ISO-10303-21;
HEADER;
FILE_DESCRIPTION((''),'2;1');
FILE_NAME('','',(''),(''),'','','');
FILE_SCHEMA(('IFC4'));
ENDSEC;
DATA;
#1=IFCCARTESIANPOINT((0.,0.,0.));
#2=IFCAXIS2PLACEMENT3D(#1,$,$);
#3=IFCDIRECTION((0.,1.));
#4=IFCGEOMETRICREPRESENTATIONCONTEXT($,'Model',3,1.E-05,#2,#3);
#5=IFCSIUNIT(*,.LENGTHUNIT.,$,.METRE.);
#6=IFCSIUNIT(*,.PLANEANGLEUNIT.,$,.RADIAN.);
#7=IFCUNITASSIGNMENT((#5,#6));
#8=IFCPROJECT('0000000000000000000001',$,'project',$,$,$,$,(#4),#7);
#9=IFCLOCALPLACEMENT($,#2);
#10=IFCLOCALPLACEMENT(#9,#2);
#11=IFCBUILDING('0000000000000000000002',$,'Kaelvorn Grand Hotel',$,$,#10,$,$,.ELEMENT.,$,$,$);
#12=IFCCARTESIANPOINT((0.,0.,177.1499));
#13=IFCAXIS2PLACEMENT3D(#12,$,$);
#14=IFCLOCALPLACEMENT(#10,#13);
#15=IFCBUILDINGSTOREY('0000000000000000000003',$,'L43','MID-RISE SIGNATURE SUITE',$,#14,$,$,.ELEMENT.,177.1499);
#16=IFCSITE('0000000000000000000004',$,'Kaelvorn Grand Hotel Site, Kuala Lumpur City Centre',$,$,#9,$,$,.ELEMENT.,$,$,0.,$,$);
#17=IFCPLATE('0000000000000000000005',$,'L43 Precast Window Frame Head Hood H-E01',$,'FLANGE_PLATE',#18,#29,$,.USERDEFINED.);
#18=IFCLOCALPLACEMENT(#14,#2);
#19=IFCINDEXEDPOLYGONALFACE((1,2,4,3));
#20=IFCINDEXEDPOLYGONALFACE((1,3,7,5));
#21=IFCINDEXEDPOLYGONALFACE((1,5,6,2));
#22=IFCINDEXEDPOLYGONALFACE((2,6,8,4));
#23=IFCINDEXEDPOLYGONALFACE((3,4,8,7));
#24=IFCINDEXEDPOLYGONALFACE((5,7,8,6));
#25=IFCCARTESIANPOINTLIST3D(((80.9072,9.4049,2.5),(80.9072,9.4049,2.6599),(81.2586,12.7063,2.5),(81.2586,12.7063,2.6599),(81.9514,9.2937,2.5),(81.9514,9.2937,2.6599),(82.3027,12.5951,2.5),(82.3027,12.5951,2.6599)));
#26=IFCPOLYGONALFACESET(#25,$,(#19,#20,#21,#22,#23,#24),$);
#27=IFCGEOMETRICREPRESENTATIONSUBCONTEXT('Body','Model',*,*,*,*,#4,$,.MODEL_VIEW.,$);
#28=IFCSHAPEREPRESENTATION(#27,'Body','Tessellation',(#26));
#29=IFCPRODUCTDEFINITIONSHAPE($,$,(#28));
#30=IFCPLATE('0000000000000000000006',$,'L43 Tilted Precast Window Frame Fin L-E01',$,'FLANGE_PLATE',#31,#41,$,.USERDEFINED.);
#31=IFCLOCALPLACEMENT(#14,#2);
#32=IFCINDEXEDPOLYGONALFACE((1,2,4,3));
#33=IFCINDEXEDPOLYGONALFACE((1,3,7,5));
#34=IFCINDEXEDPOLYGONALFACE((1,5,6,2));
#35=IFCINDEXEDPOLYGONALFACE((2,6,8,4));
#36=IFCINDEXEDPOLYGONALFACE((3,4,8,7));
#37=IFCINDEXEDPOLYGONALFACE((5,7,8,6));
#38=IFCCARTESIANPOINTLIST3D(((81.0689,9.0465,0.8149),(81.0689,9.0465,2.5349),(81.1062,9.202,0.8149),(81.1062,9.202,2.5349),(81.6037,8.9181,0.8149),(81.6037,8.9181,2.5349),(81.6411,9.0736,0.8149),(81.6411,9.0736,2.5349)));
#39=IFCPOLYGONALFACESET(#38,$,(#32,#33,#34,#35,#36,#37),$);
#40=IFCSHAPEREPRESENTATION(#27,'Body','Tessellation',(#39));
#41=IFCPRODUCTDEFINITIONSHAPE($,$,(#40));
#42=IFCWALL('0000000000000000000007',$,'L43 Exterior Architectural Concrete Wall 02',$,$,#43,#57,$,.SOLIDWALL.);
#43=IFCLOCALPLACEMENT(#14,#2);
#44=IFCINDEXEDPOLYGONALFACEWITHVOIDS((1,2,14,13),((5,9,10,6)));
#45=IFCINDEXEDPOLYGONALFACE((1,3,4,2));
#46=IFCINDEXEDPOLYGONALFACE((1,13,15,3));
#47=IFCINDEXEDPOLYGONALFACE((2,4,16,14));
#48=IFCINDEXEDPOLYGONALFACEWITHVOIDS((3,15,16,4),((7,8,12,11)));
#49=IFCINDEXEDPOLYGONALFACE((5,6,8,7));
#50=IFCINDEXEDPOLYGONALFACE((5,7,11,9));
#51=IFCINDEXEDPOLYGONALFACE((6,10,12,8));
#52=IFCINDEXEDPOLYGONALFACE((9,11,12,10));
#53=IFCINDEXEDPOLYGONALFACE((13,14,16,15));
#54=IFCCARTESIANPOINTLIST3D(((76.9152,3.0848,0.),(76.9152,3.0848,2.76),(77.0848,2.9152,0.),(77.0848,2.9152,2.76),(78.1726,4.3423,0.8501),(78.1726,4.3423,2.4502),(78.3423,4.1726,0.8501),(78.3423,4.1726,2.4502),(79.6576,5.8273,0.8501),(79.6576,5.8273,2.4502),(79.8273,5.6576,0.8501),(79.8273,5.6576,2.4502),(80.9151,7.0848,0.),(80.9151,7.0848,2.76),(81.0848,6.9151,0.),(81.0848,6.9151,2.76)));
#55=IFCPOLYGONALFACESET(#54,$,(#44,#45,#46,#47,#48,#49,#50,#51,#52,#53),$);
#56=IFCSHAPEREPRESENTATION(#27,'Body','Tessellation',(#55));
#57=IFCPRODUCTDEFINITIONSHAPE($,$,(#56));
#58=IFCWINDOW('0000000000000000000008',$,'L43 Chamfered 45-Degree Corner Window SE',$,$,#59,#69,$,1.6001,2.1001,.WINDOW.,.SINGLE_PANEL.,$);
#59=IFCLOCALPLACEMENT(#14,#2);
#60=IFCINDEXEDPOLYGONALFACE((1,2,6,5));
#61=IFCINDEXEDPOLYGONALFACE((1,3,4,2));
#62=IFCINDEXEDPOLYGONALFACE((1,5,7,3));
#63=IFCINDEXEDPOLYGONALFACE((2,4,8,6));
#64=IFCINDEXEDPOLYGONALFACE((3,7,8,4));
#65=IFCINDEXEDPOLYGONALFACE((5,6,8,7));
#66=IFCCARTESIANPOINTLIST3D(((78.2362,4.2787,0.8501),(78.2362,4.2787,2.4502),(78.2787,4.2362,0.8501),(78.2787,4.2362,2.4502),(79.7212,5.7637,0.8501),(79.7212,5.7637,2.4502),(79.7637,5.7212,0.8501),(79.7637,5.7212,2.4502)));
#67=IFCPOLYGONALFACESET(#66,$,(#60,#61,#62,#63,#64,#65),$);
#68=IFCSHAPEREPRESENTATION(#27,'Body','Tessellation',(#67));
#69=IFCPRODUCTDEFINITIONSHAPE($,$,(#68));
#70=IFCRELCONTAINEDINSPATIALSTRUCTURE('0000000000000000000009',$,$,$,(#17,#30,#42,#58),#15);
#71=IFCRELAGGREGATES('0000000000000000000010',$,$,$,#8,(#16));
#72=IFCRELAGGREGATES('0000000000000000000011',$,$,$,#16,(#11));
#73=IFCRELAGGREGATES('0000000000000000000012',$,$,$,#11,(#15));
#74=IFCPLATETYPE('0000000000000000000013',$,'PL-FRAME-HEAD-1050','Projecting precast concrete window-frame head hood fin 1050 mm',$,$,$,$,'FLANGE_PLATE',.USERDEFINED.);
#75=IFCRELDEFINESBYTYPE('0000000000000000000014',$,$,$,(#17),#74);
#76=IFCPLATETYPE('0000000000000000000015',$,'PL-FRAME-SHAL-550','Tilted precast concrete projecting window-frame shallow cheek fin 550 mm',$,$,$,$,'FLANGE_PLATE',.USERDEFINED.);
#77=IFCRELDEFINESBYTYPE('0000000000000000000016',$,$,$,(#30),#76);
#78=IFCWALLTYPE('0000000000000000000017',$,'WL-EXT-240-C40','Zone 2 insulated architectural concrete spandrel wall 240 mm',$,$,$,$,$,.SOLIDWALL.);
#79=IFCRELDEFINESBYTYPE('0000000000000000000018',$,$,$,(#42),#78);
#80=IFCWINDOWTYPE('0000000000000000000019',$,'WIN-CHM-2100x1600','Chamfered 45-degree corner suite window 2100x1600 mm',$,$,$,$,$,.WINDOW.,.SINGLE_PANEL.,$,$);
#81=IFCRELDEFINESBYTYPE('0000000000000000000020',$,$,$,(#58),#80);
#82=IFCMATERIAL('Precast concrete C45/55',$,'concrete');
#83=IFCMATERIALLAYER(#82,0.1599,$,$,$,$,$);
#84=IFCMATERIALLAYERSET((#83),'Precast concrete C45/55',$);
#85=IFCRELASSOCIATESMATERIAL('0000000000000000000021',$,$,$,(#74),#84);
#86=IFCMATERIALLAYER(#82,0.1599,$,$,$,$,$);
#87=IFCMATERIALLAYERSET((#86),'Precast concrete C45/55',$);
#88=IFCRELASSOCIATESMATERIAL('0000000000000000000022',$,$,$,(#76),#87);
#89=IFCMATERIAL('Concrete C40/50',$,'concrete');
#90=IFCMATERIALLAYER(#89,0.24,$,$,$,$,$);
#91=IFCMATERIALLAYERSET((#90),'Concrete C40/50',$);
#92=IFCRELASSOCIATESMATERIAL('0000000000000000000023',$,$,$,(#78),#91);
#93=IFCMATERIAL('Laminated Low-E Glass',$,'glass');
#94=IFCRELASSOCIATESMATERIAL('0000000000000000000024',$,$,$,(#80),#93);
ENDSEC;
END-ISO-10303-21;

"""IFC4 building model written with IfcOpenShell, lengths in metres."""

from ifc_helpers import new_model, si_unit, direction, frame, frame_2d, origin, origin_2d, place, context, subcontext, project, spatial, rectangle, extrude, material, layer, layer_set, type_object, element, fill, save


model = new_model("IFC4")

# Units and contexts
model_context = context("Model", 3, precision=1e-05, world=origin(), true_north=direction((0.0, 1.0)))
body_context = subcontext(model_context, "Body", "Model", "MODEL_VIEW")
ifc_project = project(units=[si_unit("LENGTHUNIT", "METRE"), si_unit("PLANEANGLEUNIT", "RADIAN")], contexts=[model_context])

# Site, building, storey
site_placement = place(None, origin())
site = spatial("IfcSite", under=ifc_project, at=site_placement, Name="Kaelvorn Grand Hotel Site, Kuala Lumpur City Centre", CompositionType="ELEMENT", RefElevation=0.0)
building_placement = place(site_placement, origin())
building = spatial("IfcBuilding", under=site, at=building_placement, Name="Kaelvorn Grand Hotel", CompositionType="ELEMENT")
storey_placement = place(building_placement, frame((0.0, 0.0, 177.1499)))
storey = spatial("IfcBuildingStorey", under=building, at=storey_placement, Name="L43", Description="MID-RISE SIGNATURE SUITE", CompositionType="ELEMENT", Elevation=177.1499)

# Plates
ifc_material_1 = material(Name="Precast concrete C45/55", Category="concrete")
ifc_layer_1 = layer(ifc_material_1, 0.1599)
ifc_layer_set_1 = layer_set([ifc_layer_1], Name="Precast concrete C45/55")
plate_type_1 = type_object("IfcPlateType", Name="PL-FRAME-HEAD-1050", Description="Projecting precast concrete window-frame head hood fin 1050 mm", ElementType="FLANGE_PLATE", PredefinedType="USERDEFINED", material=ifc_layer_set_1)
plate_1_placement = place(storey_placement, frame((81.605, 11.0, 2.5), z_axis=(0.0, 0.0, 1.0), x_axis=(0.10583, 0.994384, 0.0)))
element("IfcPlate", 1, at=plate_1_placement, inside=storey, type_object=plate_type_1, Name="L43 Precast Window Frame Head Hood H-E01", ObjectType="FLANGE_PLATE", PredefinedType="USERDEFINED", context=body_context, shape_type="SweptSolid", body=[
    extrude(rectangle(XDim=3.3201, YDim=1.05, at=origin_2d()), origin(), (0.0, 0.0, 1.0), 0.1599),
])
ifc_layer_2 = layer(ifc_material_1, 0.1599)
ifc_layer_set_2 = layer_set([ifc_layer_2], Name="Precast concrete C45/55")
plate_type_2 = type_object("IfcPlateType", Name="PL-FRAME-SHAL-550", Description="Tilted precast concrete projecting window-frame shallow cheek fin 550 mm", ElementType="FLANGE_PLATE", PredefinedType="USERDEFINED", material=ifc_layer_set_2)
plate_2_placement = place(storey_placement, frame((81.355, 9.0601, 0.8149), z_axis=(0.0, 0.0, 1.0), x_axis=(0.233445, 0.97237, 0.0)))
element("IfcPlate", 2, at=plate_2_placement, inside=storey, type_object=plate_type_2, Name="L43 Tilted Precast Window Frame Fin L-E01", ObjectType="FLANGE_PLATE", PredefinedType="USERDEFINED", context=body_context, shape_type="SweptSolid", body=[
    extrude(rectangle(XDim=0.1599, YDim=0.55, at=origin_2d()), origin(), (0.0, 0.0, 1.0), 1.72),
])

# Wall, opening, window
ifc_material_2 = material(Name="Concrete C40/50", Category="concrete")
ifc_layer_3 = layer(ifc_material_2, 0.24)
ifc_layer_set_3 = layer_set([ifc_layer_3], Name="Concrete C40/50")
wall_type_1 = type_object("IfcWallType", Name="WL-EXT-240-C40", Description="Zone 2 insulated architectural concrete spandrel wall 240 mm", PredefinedType="SOLIDWALL", material=ifc_layer_set_3)
wall_1_placement = place(storey_placement, frame((77.0, 3.0, 0.0), z_axis=(0.0, 0.0, 1.0), x_axis=(0.707107, 0.707107, 0.0)))
wall_1 = element("IfcWall", 3, at=wall_1_placement, inside=storey, type_object=wall_type_1, Name="L43 Exterior Architectural Concrete Wall 02", PredefinedType="SOLIDWALL", context=body_context, shape_type="SweptSolid", body=[
    extrude(rectangle(XDim=5.6567, YDim=0.24, at=frame_2d((2.8284, 0.0))), origin(), (0.0, 0.0, 1.0), 2.76),
])
opening_1_placement = place(wall_1_placement, frame((1.7783, 0.0, 0.8501)))
opening_1 = element("IfcOpeningElement", 4, at=opening_1_placement, cuts=wall_1, PredefinedType="OPENING", context=body_context, shape_type="SweptSolid", body=[
    extrude(rectangle(XDim=2.1001, YDim=1.6001, at=frame_2d((1.05, 0.8))), frame((0.0, 0.1299, 0.0), z_axis=(0.0, -1.0, 0.0), x_axis=(1.0, 0.0, 0.0)), (0.0, 0.0, 1.0), 0.26),
])
ifc_material_3 = material(Name="Laminated Low-E Glass", Category="glass")
window_type_1 = type_object("IfcWindowType", Name="WIN-CHM-2100x1600", Description="Chamfered 45-degree corner suite window 2100x1600 mm", PartitioningType="SINGLE_PANEL", PredefinedType="WINDOW", material=ifc_material_3)
window_1_placement = place(opening_1_placement, origin())
window_1 = element("IfcWindow", 5, at=window_1_placement, inside=storey, type_object=window_type_1, Name="L43 Chamfered 45-Degree Corner Window SE", OverallHeight=1.6001, OverallWidth=2.1001, PartitioningType="SINGLE_PANEL", PredefinedType="WINDOW", context=body_context, shape_type="SweptSolid", body=[
    extrude(rectangle(XDim=2.1001, YDim=1.6001, at=frame_2d((1.05, 0.8))), frame((0.0, 0.03, 0.0), z_axis=(0.0, -1.0, 0.0), x_axis=(1.0, 0.0, 0.0)), (0.0, 0.0, 1.0), 0.0601),
])
fill(opening_1, window_1)

save(model, "model.ifc")
